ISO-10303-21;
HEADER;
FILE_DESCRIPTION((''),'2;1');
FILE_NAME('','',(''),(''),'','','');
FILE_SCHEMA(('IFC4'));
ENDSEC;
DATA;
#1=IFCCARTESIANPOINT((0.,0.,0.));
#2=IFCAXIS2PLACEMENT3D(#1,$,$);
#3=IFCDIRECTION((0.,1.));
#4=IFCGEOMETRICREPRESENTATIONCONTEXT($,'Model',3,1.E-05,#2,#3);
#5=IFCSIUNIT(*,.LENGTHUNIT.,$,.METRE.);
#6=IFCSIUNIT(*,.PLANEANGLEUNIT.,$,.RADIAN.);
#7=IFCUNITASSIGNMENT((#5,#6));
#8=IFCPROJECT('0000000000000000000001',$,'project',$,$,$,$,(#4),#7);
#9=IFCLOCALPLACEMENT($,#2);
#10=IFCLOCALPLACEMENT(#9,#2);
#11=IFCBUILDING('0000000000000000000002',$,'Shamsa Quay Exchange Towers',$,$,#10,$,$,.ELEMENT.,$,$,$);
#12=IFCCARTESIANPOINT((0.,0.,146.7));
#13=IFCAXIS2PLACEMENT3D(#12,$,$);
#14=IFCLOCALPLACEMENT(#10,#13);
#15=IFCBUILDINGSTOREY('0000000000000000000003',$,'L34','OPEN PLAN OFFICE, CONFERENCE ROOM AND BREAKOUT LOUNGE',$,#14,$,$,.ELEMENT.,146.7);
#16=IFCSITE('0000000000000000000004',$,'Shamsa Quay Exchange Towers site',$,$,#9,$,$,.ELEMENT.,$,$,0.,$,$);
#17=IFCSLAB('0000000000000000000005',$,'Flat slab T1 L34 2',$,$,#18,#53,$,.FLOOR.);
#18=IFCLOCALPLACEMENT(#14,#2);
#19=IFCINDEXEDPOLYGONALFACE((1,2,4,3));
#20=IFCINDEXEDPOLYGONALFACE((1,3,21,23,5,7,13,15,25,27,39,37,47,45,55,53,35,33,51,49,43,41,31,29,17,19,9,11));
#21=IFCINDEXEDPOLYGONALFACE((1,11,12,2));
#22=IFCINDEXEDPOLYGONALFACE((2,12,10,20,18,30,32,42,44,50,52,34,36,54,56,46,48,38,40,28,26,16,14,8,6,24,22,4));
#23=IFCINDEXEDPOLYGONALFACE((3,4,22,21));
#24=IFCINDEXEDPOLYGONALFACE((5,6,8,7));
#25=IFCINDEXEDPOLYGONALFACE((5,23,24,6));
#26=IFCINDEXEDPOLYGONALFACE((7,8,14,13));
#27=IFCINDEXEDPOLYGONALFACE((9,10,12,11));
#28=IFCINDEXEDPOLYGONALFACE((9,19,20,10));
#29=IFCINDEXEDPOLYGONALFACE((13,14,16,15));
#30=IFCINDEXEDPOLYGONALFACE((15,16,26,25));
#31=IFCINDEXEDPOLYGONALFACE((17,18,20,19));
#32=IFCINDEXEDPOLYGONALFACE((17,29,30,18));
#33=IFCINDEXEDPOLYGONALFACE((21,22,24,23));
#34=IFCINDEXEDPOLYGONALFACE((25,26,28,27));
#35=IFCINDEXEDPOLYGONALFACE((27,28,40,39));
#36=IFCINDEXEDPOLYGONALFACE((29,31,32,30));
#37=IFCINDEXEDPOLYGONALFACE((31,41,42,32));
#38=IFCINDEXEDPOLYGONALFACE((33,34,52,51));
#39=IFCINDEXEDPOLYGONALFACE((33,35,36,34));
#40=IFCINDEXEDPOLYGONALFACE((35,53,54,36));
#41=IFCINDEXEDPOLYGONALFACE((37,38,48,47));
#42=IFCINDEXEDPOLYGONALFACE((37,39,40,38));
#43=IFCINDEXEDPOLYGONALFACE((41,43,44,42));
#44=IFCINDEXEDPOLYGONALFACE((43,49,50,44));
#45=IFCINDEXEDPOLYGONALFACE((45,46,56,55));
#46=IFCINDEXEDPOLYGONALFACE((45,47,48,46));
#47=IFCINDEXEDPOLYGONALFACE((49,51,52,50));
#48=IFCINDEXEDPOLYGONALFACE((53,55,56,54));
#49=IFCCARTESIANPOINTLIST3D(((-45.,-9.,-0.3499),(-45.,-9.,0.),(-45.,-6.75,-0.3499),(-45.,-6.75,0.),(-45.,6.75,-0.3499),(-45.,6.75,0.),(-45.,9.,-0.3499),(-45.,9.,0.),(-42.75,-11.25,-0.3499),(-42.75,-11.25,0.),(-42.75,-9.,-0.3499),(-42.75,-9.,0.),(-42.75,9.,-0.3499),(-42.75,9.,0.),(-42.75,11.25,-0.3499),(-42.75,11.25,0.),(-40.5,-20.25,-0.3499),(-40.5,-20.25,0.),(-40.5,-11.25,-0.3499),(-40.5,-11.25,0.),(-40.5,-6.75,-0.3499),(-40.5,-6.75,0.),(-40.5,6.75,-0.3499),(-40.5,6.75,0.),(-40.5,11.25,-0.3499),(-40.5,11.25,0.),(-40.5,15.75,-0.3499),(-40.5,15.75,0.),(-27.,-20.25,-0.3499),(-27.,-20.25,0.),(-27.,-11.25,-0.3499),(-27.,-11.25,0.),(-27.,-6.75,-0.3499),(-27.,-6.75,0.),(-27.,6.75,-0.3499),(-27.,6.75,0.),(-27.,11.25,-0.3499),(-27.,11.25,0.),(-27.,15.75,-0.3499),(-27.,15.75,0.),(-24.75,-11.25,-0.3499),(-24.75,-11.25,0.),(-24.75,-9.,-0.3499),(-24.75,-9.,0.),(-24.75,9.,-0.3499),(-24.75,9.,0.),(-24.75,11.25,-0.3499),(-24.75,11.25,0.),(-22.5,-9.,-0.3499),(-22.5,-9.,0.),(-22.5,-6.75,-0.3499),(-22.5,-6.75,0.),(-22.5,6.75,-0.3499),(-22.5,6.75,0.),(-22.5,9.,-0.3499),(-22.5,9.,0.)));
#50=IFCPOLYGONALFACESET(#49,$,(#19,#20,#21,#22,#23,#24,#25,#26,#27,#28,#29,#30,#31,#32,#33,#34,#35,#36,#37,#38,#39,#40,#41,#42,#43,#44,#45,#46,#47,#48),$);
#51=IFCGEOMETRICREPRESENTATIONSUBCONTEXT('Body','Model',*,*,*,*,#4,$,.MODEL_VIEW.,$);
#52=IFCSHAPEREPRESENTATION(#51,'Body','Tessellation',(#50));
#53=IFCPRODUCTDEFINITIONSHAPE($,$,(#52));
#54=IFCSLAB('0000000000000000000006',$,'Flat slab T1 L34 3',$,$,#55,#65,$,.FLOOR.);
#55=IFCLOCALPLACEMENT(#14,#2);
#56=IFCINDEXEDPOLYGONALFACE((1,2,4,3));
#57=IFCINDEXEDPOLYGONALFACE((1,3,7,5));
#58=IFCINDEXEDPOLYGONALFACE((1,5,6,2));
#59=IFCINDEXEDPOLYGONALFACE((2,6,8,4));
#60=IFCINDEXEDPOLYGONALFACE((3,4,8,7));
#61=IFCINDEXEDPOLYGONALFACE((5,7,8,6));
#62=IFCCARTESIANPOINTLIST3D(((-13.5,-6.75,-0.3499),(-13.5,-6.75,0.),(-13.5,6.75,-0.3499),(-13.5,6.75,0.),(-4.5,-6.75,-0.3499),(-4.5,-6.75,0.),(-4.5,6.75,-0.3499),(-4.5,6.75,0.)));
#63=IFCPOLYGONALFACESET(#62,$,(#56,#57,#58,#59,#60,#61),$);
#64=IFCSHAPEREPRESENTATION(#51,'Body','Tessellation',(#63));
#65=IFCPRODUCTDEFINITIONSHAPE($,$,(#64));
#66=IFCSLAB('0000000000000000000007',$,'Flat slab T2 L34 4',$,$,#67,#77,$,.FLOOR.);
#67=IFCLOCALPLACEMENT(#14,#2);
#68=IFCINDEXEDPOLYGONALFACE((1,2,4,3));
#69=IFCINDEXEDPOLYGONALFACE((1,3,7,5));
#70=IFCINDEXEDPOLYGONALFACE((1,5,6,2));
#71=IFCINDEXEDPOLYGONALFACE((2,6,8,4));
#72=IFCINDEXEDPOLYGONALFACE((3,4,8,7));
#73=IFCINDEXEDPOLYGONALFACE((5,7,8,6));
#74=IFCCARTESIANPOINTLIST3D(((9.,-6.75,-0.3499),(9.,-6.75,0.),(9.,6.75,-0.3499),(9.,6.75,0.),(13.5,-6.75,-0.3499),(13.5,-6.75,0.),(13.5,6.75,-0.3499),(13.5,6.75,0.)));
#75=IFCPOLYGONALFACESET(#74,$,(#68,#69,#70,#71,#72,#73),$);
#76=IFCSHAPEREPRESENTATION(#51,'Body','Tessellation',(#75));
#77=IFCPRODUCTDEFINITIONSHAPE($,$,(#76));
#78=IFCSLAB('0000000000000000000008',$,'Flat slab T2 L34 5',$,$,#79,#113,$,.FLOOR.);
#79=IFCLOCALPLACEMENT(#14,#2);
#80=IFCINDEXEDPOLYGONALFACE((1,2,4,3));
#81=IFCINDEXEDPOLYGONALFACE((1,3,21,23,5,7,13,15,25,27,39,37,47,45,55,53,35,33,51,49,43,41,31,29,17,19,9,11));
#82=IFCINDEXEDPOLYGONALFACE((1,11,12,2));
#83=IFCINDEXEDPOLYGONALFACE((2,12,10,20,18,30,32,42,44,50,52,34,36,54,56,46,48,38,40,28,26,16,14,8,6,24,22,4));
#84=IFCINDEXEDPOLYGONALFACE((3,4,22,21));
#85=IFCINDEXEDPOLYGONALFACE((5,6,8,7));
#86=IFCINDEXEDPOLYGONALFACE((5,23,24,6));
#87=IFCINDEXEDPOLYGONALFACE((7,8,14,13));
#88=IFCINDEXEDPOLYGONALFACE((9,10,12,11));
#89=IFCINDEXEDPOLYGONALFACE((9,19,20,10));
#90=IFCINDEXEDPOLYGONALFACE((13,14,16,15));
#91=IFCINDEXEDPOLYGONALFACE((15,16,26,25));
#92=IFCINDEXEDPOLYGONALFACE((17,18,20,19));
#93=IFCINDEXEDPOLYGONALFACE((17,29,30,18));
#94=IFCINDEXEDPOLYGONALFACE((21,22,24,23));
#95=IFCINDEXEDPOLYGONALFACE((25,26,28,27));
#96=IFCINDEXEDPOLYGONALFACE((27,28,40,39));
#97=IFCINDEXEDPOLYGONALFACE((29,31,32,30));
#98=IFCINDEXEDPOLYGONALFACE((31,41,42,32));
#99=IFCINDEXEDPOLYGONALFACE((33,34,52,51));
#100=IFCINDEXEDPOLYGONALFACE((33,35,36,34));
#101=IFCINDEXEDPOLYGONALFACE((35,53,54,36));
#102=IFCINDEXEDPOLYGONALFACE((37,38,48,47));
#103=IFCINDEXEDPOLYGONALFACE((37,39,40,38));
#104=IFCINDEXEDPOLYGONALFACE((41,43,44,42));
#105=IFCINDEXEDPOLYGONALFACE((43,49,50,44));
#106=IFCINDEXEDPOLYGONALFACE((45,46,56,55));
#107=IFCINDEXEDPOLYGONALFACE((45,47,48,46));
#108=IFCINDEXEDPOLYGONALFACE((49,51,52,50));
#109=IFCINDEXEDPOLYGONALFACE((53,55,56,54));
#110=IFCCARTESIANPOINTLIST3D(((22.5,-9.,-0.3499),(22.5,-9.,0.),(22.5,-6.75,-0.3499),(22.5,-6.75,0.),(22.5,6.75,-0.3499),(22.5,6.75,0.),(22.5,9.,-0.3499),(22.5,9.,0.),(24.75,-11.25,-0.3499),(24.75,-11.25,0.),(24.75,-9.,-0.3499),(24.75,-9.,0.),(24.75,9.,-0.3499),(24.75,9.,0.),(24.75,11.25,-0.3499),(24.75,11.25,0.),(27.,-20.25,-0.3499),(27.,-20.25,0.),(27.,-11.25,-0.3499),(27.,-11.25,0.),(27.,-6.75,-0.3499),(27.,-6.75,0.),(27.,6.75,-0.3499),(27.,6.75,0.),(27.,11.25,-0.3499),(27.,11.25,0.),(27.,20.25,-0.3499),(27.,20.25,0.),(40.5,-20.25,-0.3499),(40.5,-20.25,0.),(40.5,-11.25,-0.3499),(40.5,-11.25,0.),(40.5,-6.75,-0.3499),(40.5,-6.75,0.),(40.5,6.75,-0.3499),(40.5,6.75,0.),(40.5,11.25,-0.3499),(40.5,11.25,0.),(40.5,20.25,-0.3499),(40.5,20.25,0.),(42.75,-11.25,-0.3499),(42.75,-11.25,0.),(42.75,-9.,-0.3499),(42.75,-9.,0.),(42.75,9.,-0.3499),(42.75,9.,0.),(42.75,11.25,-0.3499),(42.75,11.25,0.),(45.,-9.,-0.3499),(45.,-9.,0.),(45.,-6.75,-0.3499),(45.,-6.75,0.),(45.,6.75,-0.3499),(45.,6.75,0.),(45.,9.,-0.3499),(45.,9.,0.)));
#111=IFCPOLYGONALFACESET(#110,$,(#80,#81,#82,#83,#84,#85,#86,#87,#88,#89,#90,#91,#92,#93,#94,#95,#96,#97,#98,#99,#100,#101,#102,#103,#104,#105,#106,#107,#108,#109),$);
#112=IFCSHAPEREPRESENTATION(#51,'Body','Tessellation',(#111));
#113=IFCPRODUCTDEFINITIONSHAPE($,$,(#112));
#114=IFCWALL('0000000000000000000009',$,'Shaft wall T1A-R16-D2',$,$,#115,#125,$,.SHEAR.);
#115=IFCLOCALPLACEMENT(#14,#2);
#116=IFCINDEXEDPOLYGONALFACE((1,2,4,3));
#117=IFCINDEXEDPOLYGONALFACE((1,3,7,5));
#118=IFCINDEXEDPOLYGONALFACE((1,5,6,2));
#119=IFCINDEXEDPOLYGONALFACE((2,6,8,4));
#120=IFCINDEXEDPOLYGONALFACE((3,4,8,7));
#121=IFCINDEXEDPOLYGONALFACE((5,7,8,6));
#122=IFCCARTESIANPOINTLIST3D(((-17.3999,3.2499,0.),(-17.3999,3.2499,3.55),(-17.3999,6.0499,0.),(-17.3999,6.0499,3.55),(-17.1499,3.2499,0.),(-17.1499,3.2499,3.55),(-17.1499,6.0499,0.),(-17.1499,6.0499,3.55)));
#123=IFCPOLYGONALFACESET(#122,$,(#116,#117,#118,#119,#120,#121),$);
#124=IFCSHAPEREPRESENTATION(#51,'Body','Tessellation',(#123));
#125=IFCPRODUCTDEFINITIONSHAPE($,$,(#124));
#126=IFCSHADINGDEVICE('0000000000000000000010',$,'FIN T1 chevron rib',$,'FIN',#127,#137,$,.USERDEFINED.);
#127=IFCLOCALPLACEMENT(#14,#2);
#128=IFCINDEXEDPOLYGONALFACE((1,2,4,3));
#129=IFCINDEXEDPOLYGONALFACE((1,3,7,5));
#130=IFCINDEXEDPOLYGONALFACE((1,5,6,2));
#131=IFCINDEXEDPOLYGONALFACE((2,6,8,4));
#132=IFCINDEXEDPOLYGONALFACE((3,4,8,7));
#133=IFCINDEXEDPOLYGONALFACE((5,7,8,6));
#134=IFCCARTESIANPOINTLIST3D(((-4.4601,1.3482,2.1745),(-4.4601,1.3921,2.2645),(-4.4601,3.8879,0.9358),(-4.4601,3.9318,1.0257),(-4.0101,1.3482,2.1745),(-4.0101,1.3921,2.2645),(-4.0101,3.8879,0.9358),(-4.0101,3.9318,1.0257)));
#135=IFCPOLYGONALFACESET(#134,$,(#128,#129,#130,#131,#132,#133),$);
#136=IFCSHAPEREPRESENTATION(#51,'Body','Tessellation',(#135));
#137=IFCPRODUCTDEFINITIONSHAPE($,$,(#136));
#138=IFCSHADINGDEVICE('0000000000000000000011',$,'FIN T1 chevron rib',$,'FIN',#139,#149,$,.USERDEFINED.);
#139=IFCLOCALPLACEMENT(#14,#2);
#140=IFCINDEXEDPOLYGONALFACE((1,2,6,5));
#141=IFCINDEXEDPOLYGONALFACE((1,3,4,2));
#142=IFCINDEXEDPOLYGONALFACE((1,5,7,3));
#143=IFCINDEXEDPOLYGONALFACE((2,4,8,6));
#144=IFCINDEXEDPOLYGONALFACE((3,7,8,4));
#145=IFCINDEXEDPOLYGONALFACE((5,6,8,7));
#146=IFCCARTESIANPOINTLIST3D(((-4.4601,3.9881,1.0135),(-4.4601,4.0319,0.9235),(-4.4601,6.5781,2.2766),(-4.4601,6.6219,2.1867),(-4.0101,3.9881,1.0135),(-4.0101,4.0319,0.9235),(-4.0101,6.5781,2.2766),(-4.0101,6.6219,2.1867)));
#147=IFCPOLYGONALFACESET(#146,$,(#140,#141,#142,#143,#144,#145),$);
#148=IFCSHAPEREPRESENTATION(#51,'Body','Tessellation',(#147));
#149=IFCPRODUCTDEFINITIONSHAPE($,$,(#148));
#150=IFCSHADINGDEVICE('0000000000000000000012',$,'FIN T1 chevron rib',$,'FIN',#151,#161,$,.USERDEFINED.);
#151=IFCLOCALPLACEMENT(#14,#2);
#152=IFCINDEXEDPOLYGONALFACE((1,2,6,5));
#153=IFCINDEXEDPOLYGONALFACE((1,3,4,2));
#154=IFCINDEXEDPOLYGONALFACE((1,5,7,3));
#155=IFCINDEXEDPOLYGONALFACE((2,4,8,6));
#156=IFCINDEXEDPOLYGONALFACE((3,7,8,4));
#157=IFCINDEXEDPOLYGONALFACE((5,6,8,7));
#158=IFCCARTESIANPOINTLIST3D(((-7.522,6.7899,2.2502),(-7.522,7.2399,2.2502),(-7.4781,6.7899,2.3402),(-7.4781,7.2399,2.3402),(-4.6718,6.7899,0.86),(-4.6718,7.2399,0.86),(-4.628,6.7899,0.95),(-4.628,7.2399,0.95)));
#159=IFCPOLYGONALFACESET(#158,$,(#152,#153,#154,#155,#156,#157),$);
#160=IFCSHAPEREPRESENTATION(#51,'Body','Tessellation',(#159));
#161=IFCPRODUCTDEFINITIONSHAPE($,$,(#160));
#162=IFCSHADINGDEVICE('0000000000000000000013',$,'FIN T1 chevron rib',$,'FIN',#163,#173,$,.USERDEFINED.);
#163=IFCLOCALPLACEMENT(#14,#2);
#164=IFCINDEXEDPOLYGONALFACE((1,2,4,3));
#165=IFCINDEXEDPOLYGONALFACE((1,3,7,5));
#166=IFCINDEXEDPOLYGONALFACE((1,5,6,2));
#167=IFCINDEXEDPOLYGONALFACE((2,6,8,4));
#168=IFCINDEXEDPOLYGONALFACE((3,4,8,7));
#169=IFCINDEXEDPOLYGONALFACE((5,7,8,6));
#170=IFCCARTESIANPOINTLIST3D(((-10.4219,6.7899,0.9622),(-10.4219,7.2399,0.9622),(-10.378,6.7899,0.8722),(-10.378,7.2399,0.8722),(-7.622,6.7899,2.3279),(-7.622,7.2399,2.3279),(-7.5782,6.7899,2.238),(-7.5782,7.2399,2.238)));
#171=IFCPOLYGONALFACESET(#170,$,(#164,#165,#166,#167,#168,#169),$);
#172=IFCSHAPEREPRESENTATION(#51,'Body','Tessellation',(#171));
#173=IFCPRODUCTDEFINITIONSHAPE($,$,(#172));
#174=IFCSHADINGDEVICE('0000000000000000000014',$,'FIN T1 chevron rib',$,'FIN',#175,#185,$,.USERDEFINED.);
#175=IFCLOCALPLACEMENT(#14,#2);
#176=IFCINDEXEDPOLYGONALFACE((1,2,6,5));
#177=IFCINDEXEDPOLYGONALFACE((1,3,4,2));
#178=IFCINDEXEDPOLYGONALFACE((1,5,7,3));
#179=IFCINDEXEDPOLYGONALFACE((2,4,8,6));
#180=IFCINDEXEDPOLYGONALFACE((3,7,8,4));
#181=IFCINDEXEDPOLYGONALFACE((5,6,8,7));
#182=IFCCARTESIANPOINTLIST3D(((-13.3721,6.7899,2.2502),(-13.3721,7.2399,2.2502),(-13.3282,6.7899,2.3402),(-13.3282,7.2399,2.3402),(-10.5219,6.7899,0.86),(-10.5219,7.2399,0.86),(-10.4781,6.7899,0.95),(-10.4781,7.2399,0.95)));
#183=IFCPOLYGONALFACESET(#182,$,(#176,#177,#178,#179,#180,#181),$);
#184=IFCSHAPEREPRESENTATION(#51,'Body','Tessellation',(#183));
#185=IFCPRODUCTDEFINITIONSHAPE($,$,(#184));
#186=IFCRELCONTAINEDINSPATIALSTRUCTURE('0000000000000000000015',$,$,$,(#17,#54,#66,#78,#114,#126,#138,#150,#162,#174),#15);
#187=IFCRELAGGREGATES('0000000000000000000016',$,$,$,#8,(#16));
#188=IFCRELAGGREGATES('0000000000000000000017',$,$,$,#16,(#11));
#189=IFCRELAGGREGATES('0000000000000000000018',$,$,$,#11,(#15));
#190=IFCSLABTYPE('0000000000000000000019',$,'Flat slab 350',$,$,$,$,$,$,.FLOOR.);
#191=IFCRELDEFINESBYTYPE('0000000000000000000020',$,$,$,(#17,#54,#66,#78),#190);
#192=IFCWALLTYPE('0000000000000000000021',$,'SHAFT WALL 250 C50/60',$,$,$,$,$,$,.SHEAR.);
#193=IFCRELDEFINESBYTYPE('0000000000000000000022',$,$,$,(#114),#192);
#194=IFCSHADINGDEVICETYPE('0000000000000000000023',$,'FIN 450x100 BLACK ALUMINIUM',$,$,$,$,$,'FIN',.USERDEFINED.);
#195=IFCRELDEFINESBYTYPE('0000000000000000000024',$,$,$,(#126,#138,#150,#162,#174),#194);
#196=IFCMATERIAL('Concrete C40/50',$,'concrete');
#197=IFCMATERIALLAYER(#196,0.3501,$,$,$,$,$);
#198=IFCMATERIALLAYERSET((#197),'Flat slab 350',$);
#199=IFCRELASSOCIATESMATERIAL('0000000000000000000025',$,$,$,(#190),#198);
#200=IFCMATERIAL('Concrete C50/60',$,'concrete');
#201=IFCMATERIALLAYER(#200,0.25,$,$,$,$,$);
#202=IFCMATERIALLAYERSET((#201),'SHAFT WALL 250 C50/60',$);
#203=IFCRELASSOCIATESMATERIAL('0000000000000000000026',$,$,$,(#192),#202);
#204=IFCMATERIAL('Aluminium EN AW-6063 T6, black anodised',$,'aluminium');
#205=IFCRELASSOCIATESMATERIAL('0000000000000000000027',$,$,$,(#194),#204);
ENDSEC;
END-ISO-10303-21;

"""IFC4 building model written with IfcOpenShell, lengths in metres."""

from ifc_helpers import new_model, si_unit, direction, frame, frame_2d, origin, origin_2d, place, context, subcontext, project, spatial, polyline, rectangle, outline, extrude, material, layer, layer_set, material_profile, profile_set, type_object, element, save


model = new_model("IFC4")

# Units and contexts
model_context = context("Model", 3, precision=1e-05, world=origin(), true_north=direction((0.0, 1.0)))
body_context = subcontext(model_context, "Body", "Model", "MODEL_VIEW")
ifc_project = project(units=[si_unit("LENGTHUNIT", "METRE"), si_unit("PLANEANGLEUNIT", "RADIAN")], contexts=[model_context])

# Site, building, storey
site_placement = place(None, origin())
site = spatial("IfcSite", under=ifc_project, at=site_placement, Name="Shamsa Quay Exchange Towers site", CompositionType="ELEMENT", RefElevation=0.0)
building_placement = place(site_placement, origin())
building = spatial("IfcBuilding", under=site, at=building_placement, Name="Shamsa Quay Exchange Towers", CompositionType="ELEMENT")
storey_placement = place(building_placement, frame((0.0, 0.0, 146.7)))
storey = spatial("IfcBuildingStorey", under=building, at=storey_placement, Name="L34", Description="OPEN PLAN OFFICE, CONFERENCE ROOM AND BREAKOUT LOUNGE", CompositionType="ELEMENT", Elevation=146.7)

# Shared definitions
ifc_material_1 = material(Name="Aluminium EN AW-6063 T6, black anodised", Category="aluminium")

# Slabs
ifc_material_2 = material(Name="Concrete C40/50", Category="concrete")
ifc_layer_1 = layer(ifc_material_2, 0.3501)
ifc_layer_set_1 = layer_set([ifc_layer_1], Name="Flat slab 350")
slab_type = type_object("IfcSlabType", Name="Flat slab 350", PredefinedType="FLOOR", material=ifc_layer_set_1)
slab_1_placement = place(storey_placement, frame((0.0, 0.0, -0.3499)))
element("IfcSlab", 1, at=slab_1_placement, inside=storey, type_object=slab_type, Name="Flat slab T1 L34 2", PredefinedType="FLOOR", context=body_context, shape_type="SweptSolid", body=[
    extrude(outline(polyline([(-22.5, -9.0), (-22.5, -6.75), (-27.0, -6.75), (-27.0, 6.75), (-22.5, 6.75), (-22.5, 9.0), (-24.75, 9.0), (-24.75, 11.25), (-27.0, 11.25), (-27.0, 15.75), (-40.5, 15.75), (-40.5, 11.25), (-42.75, 11.25), (-42.75, 9.0), (-45.0, 9.0), (-45.0, 6.75), (-40.5, 6.75), (-40.5, -6.75), (-45.0, -6.75), (-45.0, -9.0), (-42.75, -9.0), (-42.75, -11.25), (-40.5, -11.25), (-40.5, -20.25), (-27.0, -20.25), (-27.0, -11.25), (-24.75, -11.25), (-24.75, -9.0), (-22.5, -9.0)])), origin(), (0.0, 0.0, 1.0), 0.3499),
])
slab_2_placement = place(storey_placement, frame((0.0, 0.0, -0.3499)))
element("IfcSlab", 2, at=slab_2_placement, inside=storey, type_object=slab_type, Name="Flat slab T1 L34 3", PredefinedType="FLOOR", context=body_context, shape_type="SweptSolid", body=[
    extrude(outline(polyline([(-4.5, 6.75), (-13.5, 6.75), (-13.5, -6.75), (-4.5, -6.75), (-4.5, 6.75)])), origin(), (0.0, 0.0, 1.0), 0.3499),
])
slab_3_placement = place(storey_placement, frame((0.0, 0.0, -0.3499)))
element("IfcSlab", 3, at=slab_3_placement, inside=storey, type_object=slab_type, Name="Flat slab T2 L34 4", PredefinedType="FLOOR", context=body_context, shape_type="SweptSolid", body=[
    extrude(outline(polyline([(9.0, -6.75), (13.5, -6.75), (13.5, 6.75), (9.0, 6.75), (9.0, -6.75)])), origin(), (0.0, 0.0, 1.0), 0.3499),
])
slab_4_placement = place(storey_placement, frame((0.0, 0.0, -0.3499)))
element("IfcSlab", 4, at=slab_4_placement, inside=storey, type_object=slab_type, Name="Flat slab T2 L34 5", PredefinedType="FLOOR", context=body_context, shape_type="SweptSolid", body=[
    extrude(outline(polyline([(45.0, -9.0), (45.0, -6.75), (40.5, -6.75), (40.5, 6.75), (45.0, 6.75), (45.0, 9.0), (42.75, 9.0), (42.75, 11.25), (40.5, 11.25), (40.5, 20.25), (27.0, 20.25), (27.0, 11.25), (24.75, 11.25), (24.75, 9.0), (22.5, 9.0), (22.5, 6.75), (27.0, 6.75), (27.0, -6.75), (22.5, -6.75), (22.5, -9.0), (24.75, -9.0), (24.75, -11.25), (27.0, -11.25), (27.0, -20.25), (40.5, -20.25), (40.5, -11.25), (42.75, -11.25), (42.75, -9.0), (45.0, -9.0)])), origin(), (0.0, 0.0, 1.0), 0.3499),
])

# Wall
ifc_material_3 = material(Name="Concrete C50/60", Category="concrete")
ifc_layer_2 = layer(ifc_material_3, 0.25)
ifc_layer_set_2 = layer_set([ifc_layer_2], Name="SHAFT WALL 250 C50/60")
wall_type_1 = type_object("IfcWallType", Name="SHAFT WALL 250 C50/60", PredefinedType="SHEAR", material=ifc_layer_set_2)
wall_1_placement = place(storey_placement, frame((-17.2749, 3.25, 0.0), z_axis=(0.0, 0.0, 1.0), x_axis=(0.0, 1.0, 0.0)))
element("IfcWall", 5, at=wall_1_placement, inside=storey, type_object=wall_type_1, Name="Shaft wall T1A-R16-D2", PredefinedType="SHEAR", context=body_context, shape_type="SweptSolid", body=[
    extrude(rectangle(XDim=2.8, YDim=0.25, at=frame_2d((1.3999, 0.0))), origin(), (0.0, 0.0, 1.0), 3.55),
])

# Shading devices
ifc_material_profile_1 = material_profile(ifc_material_1, rectangle(XDim=0.45, YDim=0.1001, at=origin_2d()), Name="FIN450x100")
ifc_profile_set_1 = profile_set([ifc_material_profile_1], Name="Aluminium EN AW-6063 T6, black anodised")
shading_device_type = type_object("IfcShadingDeviceType", Name="FIN 450x100 BLACK ALUMINIUM", ElementType="FIN", PredefinedType="USERDEFINED", material=ifc_profile_set_1)
shading_device_1_placement = place(storey_placement, frame((-4.2351, 1.3701, 2.2195), z_axis=(0.0, 0.89879, -0.438379), x_axis=(-1.0, 0.0, 0.0)))
element("IfcShadingDevice", 6, at=shading_device_1_placement, inside=storey, type_object=shading_device_type, Name="FIN T1 chevron rib", ObjectType="FIN", PredefinedType="USERDEFINED", context=body_context, shape_type="SweptSolid", body=[
    extrude(rectangle(XDim=0.45, YDim=0.1001, at=origin_2d()), origin(), (0.0, 0.0, 1.0), 2.8257),
])
shading_device_2_placement = place(storey_placement, frame((-4.2351, 4.01, 0.9685), z_axis=(0.0, 0.898806, 0.438347), x_axis=(-1.0, 0.0, 0.0)))
element("IfcShadingDevice", 7, at=shading_device_2_placement, inside=storey, type_object=shading_device_type, Name="FIN T1 chevron rib", ObjectType="FIN", PredefinedType="USERDEFINED", context=body_context, shape_type="SweptSolid", body=[
    extrude(rectangle(XDim=0.45, YDim=0.1001, at=origin_2d()), origin(), (0.0, 0.0, 1.0), 2.8816),
])
shading_device_3_placement = place(storey_placement, frame((-4.6499, 7.0149, 0.905), z_axis=(-0.898788, 0.0, 0.438384), x_axis=(0.0, -1.0, 0.0)))
element("IfcShadingDevice", 8, at=shading_device_3_placement, inside=storey, type_object=shading_device_type, Name="FIN T1 chevron rib", ObjectType="FIN", PredefinedType="USERDEFINED", context=body_context, shape_type="SweptSolid", body=[
    extrude(rectangle(XDim=0.45, YDim=0.1001, at=origin_2d()), origin(), (0.0, 0.0, 1.0), 3.1711),
])
shading_device_4_placement = place(storey_placement, frame((-7.6001, 7.0149, 2.283), z_axis=(-0.898773, 0.0, -0.438414), x_axis=(0.0, -1.0, 0.0)))
element("IfcShadingDevice", 9, at=shading_device_4_placement, inside=storey, type_object=shading_device_type, Name="FIN T1 chevron rib", ObjectType="FIN", PredefinedType="USERDEFINED", context=body_context, shape_type="SweptSolid", body=[
    extrude(rectangle(XDim=0.45, YDim=0.1001, at=origin_2d()), origin(), (0.0, 0.0, 1.0), 3.1152),
])
for number, where, z_axis, x_axis, name in (
    (10, (-10.5, 7.0149, 0.905), (-0.898788, 0.0, 0.438384), (0.0, -1.0, 0.0), "FIN T1 chevron rib"),
):
    element("IfcShadingDevice", number, at=place(storey_placement, frame(where, z_axis=z_axis, x_axis=x_axis)), inside=storey, type_object=shading_device_type, Name=name, ObjectType="FIN", PredefinedType="USERDEFINED", context=body_context, shape_type="SweptSolid", body=[
        extrude(rectangle(XDim=0.45, YDim=0.1001, at=origin_2d()), origin(), (0.0, 0.0, 1.0), 3.1711),
    ])

save(model, "model.ifc")
